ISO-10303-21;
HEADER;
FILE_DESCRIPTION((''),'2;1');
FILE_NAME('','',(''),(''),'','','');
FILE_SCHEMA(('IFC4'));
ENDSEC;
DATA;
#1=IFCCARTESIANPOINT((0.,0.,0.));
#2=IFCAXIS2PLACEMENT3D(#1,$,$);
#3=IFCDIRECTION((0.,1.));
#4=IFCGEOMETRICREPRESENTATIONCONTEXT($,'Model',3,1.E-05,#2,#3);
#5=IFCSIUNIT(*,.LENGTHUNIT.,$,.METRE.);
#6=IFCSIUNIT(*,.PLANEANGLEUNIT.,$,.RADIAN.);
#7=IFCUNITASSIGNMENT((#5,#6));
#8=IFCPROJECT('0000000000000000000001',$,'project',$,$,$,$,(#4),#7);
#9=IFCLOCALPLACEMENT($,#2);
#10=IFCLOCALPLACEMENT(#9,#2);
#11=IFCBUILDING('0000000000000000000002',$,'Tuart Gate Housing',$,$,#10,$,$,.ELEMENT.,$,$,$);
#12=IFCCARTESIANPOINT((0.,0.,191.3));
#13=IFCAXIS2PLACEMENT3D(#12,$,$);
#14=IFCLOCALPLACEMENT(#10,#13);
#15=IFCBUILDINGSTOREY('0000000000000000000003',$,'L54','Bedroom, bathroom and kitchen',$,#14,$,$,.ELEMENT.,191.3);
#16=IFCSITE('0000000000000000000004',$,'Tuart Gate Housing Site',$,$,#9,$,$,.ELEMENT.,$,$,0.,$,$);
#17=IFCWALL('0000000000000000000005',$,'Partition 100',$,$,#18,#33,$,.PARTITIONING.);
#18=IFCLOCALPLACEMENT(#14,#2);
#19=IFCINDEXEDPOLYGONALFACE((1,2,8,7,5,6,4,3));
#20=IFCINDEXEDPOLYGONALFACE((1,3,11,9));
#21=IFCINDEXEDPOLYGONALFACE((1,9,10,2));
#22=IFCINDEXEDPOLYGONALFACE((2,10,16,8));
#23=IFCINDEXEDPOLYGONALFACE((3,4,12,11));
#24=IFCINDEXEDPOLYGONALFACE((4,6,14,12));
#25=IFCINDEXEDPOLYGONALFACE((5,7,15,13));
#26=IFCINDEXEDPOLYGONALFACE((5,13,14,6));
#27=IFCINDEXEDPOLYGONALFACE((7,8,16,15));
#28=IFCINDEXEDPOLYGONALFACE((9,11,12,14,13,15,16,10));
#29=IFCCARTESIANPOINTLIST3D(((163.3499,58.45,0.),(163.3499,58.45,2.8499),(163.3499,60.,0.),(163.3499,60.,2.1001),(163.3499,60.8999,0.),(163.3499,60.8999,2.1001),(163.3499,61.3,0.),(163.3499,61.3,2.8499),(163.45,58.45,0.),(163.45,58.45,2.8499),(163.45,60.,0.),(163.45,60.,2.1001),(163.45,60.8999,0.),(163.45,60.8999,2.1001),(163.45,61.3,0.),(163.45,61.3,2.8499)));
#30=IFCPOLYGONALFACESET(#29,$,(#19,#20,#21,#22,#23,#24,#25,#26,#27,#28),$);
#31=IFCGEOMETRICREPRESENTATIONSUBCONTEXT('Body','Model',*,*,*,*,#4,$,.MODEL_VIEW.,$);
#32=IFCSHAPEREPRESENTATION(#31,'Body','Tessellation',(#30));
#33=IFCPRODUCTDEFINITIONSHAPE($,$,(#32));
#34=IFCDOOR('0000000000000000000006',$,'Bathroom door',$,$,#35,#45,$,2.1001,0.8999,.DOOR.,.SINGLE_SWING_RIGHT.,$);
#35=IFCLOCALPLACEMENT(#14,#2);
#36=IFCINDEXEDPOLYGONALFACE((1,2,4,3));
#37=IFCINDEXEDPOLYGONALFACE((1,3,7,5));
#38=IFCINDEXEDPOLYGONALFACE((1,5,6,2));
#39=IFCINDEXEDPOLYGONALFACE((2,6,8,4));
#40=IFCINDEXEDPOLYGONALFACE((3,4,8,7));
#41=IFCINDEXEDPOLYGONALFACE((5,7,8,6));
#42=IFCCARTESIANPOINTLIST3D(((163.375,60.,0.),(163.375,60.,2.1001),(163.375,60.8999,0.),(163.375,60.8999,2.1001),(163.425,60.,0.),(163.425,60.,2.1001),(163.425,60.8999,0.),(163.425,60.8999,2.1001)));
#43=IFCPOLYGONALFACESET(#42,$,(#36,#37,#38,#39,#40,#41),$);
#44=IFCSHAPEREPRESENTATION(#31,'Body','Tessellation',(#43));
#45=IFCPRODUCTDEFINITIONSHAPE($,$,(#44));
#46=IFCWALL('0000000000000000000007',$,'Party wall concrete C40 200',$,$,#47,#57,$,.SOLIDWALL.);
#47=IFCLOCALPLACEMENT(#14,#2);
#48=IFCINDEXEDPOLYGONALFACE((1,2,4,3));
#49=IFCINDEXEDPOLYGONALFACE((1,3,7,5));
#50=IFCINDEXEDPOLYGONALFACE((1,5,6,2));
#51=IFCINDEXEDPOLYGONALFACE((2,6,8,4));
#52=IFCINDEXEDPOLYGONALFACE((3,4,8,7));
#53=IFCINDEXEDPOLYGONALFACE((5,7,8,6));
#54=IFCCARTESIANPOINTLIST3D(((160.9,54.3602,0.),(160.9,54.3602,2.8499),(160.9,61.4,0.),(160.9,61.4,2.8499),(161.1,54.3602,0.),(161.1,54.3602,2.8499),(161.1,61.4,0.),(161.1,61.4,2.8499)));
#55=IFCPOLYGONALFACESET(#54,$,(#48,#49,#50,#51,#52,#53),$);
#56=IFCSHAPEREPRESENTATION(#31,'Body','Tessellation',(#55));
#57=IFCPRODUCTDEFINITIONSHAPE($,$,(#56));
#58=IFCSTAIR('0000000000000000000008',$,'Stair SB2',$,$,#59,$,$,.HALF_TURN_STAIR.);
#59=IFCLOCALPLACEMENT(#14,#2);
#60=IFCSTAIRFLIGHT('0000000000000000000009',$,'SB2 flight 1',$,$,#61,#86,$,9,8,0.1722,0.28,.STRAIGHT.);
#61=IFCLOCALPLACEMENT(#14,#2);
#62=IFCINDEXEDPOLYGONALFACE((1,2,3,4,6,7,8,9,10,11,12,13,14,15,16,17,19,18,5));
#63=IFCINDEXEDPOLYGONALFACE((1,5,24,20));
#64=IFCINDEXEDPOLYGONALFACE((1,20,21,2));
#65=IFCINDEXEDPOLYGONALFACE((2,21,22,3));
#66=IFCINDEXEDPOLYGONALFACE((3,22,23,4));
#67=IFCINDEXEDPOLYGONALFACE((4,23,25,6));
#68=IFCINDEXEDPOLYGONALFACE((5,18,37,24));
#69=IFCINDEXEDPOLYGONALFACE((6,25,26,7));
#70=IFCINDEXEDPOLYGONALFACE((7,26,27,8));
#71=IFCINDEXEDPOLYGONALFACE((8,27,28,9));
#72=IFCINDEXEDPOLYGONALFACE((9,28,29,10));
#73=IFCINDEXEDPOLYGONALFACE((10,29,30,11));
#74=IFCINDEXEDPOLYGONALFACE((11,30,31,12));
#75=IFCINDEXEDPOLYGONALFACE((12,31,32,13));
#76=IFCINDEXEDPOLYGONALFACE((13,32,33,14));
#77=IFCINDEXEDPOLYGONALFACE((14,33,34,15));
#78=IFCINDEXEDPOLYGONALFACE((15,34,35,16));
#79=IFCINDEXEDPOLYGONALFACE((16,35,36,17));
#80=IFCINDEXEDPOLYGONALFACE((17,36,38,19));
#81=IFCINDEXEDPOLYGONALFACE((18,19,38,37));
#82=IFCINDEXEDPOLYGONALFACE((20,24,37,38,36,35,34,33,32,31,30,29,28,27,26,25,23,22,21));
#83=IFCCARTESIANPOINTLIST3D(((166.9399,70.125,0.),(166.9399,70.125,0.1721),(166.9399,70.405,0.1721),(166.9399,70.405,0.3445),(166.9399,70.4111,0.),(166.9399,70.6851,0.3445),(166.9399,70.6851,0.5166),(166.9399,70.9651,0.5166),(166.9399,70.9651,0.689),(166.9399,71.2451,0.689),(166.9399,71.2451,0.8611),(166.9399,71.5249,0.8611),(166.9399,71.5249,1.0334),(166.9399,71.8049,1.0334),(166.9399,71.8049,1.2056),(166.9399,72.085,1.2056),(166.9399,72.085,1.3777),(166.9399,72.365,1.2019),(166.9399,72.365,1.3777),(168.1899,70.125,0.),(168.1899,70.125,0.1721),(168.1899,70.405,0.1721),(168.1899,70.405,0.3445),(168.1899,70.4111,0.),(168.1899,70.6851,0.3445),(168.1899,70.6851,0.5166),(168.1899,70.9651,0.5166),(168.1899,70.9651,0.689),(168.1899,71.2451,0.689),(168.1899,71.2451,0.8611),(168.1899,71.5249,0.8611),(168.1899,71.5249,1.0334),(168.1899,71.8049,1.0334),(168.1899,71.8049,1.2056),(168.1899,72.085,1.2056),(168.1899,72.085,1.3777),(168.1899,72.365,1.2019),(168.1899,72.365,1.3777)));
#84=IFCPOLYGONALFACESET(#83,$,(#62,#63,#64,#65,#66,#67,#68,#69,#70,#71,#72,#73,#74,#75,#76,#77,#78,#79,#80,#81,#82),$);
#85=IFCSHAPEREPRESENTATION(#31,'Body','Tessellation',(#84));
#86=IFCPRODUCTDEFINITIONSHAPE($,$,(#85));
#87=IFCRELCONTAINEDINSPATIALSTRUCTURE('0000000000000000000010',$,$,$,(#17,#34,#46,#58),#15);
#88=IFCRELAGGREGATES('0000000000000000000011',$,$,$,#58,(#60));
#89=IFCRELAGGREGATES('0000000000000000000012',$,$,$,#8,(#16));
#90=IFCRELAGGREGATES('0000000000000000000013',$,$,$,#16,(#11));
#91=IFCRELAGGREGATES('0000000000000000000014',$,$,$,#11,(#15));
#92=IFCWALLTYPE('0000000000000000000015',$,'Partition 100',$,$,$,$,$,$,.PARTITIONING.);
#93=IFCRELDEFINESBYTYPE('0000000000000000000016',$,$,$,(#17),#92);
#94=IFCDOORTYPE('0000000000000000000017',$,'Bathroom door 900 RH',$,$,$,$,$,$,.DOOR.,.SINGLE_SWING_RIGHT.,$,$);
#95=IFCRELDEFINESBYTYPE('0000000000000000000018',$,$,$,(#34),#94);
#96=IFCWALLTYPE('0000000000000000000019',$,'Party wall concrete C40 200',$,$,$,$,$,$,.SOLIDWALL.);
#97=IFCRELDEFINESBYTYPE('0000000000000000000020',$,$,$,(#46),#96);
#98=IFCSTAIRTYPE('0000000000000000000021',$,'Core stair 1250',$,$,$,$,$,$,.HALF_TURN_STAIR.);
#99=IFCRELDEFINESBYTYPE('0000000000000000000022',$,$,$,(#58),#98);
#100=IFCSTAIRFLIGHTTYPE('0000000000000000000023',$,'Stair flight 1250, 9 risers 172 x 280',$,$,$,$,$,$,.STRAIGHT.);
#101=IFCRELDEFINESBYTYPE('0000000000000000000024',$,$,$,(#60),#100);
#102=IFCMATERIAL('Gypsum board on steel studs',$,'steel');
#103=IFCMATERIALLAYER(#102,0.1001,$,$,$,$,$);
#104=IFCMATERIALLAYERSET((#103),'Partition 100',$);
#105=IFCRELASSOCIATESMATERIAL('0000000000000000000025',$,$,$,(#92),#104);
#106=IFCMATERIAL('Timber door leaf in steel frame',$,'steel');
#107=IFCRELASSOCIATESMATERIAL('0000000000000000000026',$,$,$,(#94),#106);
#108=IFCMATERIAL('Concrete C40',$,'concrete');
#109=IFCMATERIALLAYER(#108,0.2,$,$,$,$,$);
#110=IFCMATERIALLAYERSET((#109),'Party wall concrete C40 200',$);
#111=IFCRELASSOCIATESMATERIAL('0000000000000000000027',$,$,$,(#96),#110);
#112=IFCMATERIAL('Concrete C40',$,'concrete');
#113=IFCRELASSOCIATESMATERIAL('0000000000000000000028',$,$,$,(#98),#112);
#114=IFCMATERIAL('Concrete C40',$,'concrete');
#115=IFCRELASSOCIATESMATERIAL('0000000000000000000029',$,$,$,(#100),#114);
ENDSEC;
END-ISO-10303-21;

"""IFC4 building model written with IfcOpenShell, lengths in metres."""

from ifc_helpers import new_model, si_unit, direction, frame, frame_2d, origin, place, context, subcontext, project, spatial, polyline, rectangle, outline, extrude, material, layer, layer_set, type_object, element, fill, aggregate, save


model = new_model("IFC4")

# Units and contexts
model_context = context("Model", 3, precision=1e-05, world=origin(), true_north=direction((0.0, 1.0)))
body_context = subcontext(model_context, "Body", "Model", "MODEL_VIEW")
ifc_project = project(units=[si_unit("LENGTHUNIT", "METRE"), si_unit("PLANEANGLEUNIT", "RADIAN")], contexts=[model_context])

# Site, building, storey
site_placement = place(None, origin())
site = spatial("IfcSite", under=ifc_project, at=site_placement, Name="Tuart Gate Housing Site", CompositionType="ELEMENT", RefElevation=0.0)
building_placement = place(site_placement, origin())
building = spatial("IfcBuilding", under=site, at=building_placement, Name="Tuart Gate Housing", CompositionType="ELEMENT")
storey_placement = place(building_placement, frame((0.0, 0.0, 191.3)))
storey = spatial("IfcBuildingStorey", under=building, at=storey_placement, Name="L54", Description="Bedroom, bathroom and kitchen", CompositionType="ELEMENT", Elevation=191.3)

# Shared definitions
ifc_material_1 = material(Name="Gypsum board on steel studs", Category="steel")
ifc_layer_1 = layer(ifc_material_1, 0.1001)
ifc_layer_set_1 = layer_set([ifc_layer_1], Name="Partition 100")
wall_type_1 = type_object("IfcWallType", Name="Partition 100", PredefinedType="PARTITIONING", material=ifc_layer_set_1)

# Wall, opening, door
ifc_material_2 = material(Name="Timber door leaf in steel frame", Category="steel")
door_type_1 = type_object("IfcDoorType", Name="Bathroom door 900 RH", OperationType="SINGLE_SWING_RIGHT", PredefinedType="DOOR", material=ifc_material_2)
wall_1_placement = place(storey_placement, frame((163.3999, 58.45, 0.0), z_axis=(0.0, 0.0, 1.0), x_axis=(0.0, 1.0, 0.0)))
wall_1 = element("IfcWall", 1, at=wall_1_placement, inside=storey, type_object=wall_type_1, Name="Partition 100", PredefinedType="PARTITIONING", context=body_context, shape_type="SweptSolid", body=[
    extrude(rectangle(XDim=2.8501, YDim=0.1001, at=frame_2d((1.425, 0.0))), origin(), (0.0, 0.0, 1.0), 2.8499),
])
opening_1_placement = place(wall_1_placement, frame((1.55, 0.0, 0.0)))
opening_1 = element("IfcOpeningElement", 2, at=opening_1_placement, cuts=wall_1, PredefinedType="OPENING", context=body_context, shape_type="SweptSolid", body=[
    extrude(rectangle(XDim=0.8999, YDim=2.1001, at=frame_2d((0.45, 1.05))), frame((0.0, 0.0601, 0.0), z_axis=(0.0, -1.0, 0.0), x_axis=(1.0, 0.0, 0.0)), (0.0, 0.0, 1.0), 0.1201),
])
door_1_placement = place(opening_1_placement, origin())
door_1 = element("IfcDoor", 3, at=door_1_placement, inside=storey, type_object=door_type_1, Name="Bathroom door", OperationType="SINGLE_SWING_RIGHT", OverallHeight=2.1001, OverallWidth=0.8999, PredefinedType="DOOR", context=body_context, shape_type="SweptSolid", body=[
    extrude(rectangle(XDim=0.8999, YDim=2.1001, at=frame_2d((0.45, 1.05))), frame((0.0, 0.0249, 0.0), z_axis=(0.0, -1.0, 0.0), x_axis=(1.0, 0.0, 0.0)), (0.0, 0.0, 1.0), 0.05),
])
fill(opening_1, door_1)

# Wall
ifc_material_3 = material(Name="Concrete C40", Category="concrete")
ifc_layer_2 = layer(ifc_material_3, 0.2)
ifc_layer_set_2 = layer_set([ifc_layer_2], Name="Party wall concrete C40 200")
wall_type_2 = type_object("IfcWallType", Name="Party wall concrete C40 200", PredefinedType="SOLIDWALL", material=ifc_layer_set_2)
wall_2_placement = place(storey_placement, frame((161.0, 54.3601, 0.0), z_axis=(0.0, 0.0, 1.0), x_axis=(0.0, 1.0, 0.0)))
element("IfcWall", 4, at=wall_2_placement, inside=storey, type_object=wall_type_2, Name="Party wall concrete C40 200", PredefinedType="SOLIDWALL", context=body_context, shape_type="SweptSolid", body=[
    extrude(rectangle(XDim=7.0398, YDim=0.2, at=frame_2d((3.52, 0.0))), origin(), (0.0, 0.0, 1.0), 2.8499),
])

# Stair, stair flight
ifc_material_4 = material(Name="Concrete C40", Category="concrete")
stair_type = type_object("IfcStairType", Name="Core stair 1250", PredefinedType="HALF_TURN_STAIR", material=ifc_material_4)
stair_placement = place(storey_placement, origin())
stair = element("IfcStair", 5, at=stair_placement, inside=storey, type_object=stair_type, Name="Stair SB2", PredefinedType="HALF_TURN_STAIR")
ifc_material_5 = material(Name="Concrete C40", Category="concrete")
stair_flight_type = type_object("IfcStairFlightType", Name="Stair flight 1250, 9 risers 172 x 280", PredefinedType="STRAIGHT", material=ifc_material_5)
stair_flight_placement = place(storey_placement, frame((167.5649, 70.125, 0.0), z_axis=(0.0, 0.0, 1.0), x_axis=(0.0, 1.0, 0.0)))
stair_flight = element("IfcStairFlight", 6, at=stair_flight_placement, type_object=stair_flight_type, Name="SB2 flight 1", NumberOfRisers=9, NumberOfTreads=8, PredefinedType="STRAIGHT", RiserHeight=0.1722, TreadLength=0.28, context=body_context, shape_type="SweptSolid", body=[
    extrude(outline(polyline([(0.0, 0.0), (0.0, 0.1721), (0.28, 0.1721), (0.28, 0.3445), (0.5601, 0.3445), (0.5601, 0.5166), (0.8401, 0.5166), (0.8401, 0.689), (1.1201, 0.689), (1.1201, 0.8611), (1.3999, 0.8611), (1.3999, 1.0334), (1.6799, 1.0334), (1.6799, 1.2056), (1.96, 1.2056), (1.96, 1.3777), (2.24, 1.3777), (2.24, 1.55), (2.24, 1.2019), (0.2861, 0.0), (0.0, 0.0)])), frame((0.0, 0.625, 0.0), z_axis=(0.0, -1.0, 0.0), x_axis=(1.0, 0.0, 0.0)), (0.0, 0.0, 1.0), 1.25),
])
aggregate(stair, [stair_flight])

save(model, "model.ifc")
